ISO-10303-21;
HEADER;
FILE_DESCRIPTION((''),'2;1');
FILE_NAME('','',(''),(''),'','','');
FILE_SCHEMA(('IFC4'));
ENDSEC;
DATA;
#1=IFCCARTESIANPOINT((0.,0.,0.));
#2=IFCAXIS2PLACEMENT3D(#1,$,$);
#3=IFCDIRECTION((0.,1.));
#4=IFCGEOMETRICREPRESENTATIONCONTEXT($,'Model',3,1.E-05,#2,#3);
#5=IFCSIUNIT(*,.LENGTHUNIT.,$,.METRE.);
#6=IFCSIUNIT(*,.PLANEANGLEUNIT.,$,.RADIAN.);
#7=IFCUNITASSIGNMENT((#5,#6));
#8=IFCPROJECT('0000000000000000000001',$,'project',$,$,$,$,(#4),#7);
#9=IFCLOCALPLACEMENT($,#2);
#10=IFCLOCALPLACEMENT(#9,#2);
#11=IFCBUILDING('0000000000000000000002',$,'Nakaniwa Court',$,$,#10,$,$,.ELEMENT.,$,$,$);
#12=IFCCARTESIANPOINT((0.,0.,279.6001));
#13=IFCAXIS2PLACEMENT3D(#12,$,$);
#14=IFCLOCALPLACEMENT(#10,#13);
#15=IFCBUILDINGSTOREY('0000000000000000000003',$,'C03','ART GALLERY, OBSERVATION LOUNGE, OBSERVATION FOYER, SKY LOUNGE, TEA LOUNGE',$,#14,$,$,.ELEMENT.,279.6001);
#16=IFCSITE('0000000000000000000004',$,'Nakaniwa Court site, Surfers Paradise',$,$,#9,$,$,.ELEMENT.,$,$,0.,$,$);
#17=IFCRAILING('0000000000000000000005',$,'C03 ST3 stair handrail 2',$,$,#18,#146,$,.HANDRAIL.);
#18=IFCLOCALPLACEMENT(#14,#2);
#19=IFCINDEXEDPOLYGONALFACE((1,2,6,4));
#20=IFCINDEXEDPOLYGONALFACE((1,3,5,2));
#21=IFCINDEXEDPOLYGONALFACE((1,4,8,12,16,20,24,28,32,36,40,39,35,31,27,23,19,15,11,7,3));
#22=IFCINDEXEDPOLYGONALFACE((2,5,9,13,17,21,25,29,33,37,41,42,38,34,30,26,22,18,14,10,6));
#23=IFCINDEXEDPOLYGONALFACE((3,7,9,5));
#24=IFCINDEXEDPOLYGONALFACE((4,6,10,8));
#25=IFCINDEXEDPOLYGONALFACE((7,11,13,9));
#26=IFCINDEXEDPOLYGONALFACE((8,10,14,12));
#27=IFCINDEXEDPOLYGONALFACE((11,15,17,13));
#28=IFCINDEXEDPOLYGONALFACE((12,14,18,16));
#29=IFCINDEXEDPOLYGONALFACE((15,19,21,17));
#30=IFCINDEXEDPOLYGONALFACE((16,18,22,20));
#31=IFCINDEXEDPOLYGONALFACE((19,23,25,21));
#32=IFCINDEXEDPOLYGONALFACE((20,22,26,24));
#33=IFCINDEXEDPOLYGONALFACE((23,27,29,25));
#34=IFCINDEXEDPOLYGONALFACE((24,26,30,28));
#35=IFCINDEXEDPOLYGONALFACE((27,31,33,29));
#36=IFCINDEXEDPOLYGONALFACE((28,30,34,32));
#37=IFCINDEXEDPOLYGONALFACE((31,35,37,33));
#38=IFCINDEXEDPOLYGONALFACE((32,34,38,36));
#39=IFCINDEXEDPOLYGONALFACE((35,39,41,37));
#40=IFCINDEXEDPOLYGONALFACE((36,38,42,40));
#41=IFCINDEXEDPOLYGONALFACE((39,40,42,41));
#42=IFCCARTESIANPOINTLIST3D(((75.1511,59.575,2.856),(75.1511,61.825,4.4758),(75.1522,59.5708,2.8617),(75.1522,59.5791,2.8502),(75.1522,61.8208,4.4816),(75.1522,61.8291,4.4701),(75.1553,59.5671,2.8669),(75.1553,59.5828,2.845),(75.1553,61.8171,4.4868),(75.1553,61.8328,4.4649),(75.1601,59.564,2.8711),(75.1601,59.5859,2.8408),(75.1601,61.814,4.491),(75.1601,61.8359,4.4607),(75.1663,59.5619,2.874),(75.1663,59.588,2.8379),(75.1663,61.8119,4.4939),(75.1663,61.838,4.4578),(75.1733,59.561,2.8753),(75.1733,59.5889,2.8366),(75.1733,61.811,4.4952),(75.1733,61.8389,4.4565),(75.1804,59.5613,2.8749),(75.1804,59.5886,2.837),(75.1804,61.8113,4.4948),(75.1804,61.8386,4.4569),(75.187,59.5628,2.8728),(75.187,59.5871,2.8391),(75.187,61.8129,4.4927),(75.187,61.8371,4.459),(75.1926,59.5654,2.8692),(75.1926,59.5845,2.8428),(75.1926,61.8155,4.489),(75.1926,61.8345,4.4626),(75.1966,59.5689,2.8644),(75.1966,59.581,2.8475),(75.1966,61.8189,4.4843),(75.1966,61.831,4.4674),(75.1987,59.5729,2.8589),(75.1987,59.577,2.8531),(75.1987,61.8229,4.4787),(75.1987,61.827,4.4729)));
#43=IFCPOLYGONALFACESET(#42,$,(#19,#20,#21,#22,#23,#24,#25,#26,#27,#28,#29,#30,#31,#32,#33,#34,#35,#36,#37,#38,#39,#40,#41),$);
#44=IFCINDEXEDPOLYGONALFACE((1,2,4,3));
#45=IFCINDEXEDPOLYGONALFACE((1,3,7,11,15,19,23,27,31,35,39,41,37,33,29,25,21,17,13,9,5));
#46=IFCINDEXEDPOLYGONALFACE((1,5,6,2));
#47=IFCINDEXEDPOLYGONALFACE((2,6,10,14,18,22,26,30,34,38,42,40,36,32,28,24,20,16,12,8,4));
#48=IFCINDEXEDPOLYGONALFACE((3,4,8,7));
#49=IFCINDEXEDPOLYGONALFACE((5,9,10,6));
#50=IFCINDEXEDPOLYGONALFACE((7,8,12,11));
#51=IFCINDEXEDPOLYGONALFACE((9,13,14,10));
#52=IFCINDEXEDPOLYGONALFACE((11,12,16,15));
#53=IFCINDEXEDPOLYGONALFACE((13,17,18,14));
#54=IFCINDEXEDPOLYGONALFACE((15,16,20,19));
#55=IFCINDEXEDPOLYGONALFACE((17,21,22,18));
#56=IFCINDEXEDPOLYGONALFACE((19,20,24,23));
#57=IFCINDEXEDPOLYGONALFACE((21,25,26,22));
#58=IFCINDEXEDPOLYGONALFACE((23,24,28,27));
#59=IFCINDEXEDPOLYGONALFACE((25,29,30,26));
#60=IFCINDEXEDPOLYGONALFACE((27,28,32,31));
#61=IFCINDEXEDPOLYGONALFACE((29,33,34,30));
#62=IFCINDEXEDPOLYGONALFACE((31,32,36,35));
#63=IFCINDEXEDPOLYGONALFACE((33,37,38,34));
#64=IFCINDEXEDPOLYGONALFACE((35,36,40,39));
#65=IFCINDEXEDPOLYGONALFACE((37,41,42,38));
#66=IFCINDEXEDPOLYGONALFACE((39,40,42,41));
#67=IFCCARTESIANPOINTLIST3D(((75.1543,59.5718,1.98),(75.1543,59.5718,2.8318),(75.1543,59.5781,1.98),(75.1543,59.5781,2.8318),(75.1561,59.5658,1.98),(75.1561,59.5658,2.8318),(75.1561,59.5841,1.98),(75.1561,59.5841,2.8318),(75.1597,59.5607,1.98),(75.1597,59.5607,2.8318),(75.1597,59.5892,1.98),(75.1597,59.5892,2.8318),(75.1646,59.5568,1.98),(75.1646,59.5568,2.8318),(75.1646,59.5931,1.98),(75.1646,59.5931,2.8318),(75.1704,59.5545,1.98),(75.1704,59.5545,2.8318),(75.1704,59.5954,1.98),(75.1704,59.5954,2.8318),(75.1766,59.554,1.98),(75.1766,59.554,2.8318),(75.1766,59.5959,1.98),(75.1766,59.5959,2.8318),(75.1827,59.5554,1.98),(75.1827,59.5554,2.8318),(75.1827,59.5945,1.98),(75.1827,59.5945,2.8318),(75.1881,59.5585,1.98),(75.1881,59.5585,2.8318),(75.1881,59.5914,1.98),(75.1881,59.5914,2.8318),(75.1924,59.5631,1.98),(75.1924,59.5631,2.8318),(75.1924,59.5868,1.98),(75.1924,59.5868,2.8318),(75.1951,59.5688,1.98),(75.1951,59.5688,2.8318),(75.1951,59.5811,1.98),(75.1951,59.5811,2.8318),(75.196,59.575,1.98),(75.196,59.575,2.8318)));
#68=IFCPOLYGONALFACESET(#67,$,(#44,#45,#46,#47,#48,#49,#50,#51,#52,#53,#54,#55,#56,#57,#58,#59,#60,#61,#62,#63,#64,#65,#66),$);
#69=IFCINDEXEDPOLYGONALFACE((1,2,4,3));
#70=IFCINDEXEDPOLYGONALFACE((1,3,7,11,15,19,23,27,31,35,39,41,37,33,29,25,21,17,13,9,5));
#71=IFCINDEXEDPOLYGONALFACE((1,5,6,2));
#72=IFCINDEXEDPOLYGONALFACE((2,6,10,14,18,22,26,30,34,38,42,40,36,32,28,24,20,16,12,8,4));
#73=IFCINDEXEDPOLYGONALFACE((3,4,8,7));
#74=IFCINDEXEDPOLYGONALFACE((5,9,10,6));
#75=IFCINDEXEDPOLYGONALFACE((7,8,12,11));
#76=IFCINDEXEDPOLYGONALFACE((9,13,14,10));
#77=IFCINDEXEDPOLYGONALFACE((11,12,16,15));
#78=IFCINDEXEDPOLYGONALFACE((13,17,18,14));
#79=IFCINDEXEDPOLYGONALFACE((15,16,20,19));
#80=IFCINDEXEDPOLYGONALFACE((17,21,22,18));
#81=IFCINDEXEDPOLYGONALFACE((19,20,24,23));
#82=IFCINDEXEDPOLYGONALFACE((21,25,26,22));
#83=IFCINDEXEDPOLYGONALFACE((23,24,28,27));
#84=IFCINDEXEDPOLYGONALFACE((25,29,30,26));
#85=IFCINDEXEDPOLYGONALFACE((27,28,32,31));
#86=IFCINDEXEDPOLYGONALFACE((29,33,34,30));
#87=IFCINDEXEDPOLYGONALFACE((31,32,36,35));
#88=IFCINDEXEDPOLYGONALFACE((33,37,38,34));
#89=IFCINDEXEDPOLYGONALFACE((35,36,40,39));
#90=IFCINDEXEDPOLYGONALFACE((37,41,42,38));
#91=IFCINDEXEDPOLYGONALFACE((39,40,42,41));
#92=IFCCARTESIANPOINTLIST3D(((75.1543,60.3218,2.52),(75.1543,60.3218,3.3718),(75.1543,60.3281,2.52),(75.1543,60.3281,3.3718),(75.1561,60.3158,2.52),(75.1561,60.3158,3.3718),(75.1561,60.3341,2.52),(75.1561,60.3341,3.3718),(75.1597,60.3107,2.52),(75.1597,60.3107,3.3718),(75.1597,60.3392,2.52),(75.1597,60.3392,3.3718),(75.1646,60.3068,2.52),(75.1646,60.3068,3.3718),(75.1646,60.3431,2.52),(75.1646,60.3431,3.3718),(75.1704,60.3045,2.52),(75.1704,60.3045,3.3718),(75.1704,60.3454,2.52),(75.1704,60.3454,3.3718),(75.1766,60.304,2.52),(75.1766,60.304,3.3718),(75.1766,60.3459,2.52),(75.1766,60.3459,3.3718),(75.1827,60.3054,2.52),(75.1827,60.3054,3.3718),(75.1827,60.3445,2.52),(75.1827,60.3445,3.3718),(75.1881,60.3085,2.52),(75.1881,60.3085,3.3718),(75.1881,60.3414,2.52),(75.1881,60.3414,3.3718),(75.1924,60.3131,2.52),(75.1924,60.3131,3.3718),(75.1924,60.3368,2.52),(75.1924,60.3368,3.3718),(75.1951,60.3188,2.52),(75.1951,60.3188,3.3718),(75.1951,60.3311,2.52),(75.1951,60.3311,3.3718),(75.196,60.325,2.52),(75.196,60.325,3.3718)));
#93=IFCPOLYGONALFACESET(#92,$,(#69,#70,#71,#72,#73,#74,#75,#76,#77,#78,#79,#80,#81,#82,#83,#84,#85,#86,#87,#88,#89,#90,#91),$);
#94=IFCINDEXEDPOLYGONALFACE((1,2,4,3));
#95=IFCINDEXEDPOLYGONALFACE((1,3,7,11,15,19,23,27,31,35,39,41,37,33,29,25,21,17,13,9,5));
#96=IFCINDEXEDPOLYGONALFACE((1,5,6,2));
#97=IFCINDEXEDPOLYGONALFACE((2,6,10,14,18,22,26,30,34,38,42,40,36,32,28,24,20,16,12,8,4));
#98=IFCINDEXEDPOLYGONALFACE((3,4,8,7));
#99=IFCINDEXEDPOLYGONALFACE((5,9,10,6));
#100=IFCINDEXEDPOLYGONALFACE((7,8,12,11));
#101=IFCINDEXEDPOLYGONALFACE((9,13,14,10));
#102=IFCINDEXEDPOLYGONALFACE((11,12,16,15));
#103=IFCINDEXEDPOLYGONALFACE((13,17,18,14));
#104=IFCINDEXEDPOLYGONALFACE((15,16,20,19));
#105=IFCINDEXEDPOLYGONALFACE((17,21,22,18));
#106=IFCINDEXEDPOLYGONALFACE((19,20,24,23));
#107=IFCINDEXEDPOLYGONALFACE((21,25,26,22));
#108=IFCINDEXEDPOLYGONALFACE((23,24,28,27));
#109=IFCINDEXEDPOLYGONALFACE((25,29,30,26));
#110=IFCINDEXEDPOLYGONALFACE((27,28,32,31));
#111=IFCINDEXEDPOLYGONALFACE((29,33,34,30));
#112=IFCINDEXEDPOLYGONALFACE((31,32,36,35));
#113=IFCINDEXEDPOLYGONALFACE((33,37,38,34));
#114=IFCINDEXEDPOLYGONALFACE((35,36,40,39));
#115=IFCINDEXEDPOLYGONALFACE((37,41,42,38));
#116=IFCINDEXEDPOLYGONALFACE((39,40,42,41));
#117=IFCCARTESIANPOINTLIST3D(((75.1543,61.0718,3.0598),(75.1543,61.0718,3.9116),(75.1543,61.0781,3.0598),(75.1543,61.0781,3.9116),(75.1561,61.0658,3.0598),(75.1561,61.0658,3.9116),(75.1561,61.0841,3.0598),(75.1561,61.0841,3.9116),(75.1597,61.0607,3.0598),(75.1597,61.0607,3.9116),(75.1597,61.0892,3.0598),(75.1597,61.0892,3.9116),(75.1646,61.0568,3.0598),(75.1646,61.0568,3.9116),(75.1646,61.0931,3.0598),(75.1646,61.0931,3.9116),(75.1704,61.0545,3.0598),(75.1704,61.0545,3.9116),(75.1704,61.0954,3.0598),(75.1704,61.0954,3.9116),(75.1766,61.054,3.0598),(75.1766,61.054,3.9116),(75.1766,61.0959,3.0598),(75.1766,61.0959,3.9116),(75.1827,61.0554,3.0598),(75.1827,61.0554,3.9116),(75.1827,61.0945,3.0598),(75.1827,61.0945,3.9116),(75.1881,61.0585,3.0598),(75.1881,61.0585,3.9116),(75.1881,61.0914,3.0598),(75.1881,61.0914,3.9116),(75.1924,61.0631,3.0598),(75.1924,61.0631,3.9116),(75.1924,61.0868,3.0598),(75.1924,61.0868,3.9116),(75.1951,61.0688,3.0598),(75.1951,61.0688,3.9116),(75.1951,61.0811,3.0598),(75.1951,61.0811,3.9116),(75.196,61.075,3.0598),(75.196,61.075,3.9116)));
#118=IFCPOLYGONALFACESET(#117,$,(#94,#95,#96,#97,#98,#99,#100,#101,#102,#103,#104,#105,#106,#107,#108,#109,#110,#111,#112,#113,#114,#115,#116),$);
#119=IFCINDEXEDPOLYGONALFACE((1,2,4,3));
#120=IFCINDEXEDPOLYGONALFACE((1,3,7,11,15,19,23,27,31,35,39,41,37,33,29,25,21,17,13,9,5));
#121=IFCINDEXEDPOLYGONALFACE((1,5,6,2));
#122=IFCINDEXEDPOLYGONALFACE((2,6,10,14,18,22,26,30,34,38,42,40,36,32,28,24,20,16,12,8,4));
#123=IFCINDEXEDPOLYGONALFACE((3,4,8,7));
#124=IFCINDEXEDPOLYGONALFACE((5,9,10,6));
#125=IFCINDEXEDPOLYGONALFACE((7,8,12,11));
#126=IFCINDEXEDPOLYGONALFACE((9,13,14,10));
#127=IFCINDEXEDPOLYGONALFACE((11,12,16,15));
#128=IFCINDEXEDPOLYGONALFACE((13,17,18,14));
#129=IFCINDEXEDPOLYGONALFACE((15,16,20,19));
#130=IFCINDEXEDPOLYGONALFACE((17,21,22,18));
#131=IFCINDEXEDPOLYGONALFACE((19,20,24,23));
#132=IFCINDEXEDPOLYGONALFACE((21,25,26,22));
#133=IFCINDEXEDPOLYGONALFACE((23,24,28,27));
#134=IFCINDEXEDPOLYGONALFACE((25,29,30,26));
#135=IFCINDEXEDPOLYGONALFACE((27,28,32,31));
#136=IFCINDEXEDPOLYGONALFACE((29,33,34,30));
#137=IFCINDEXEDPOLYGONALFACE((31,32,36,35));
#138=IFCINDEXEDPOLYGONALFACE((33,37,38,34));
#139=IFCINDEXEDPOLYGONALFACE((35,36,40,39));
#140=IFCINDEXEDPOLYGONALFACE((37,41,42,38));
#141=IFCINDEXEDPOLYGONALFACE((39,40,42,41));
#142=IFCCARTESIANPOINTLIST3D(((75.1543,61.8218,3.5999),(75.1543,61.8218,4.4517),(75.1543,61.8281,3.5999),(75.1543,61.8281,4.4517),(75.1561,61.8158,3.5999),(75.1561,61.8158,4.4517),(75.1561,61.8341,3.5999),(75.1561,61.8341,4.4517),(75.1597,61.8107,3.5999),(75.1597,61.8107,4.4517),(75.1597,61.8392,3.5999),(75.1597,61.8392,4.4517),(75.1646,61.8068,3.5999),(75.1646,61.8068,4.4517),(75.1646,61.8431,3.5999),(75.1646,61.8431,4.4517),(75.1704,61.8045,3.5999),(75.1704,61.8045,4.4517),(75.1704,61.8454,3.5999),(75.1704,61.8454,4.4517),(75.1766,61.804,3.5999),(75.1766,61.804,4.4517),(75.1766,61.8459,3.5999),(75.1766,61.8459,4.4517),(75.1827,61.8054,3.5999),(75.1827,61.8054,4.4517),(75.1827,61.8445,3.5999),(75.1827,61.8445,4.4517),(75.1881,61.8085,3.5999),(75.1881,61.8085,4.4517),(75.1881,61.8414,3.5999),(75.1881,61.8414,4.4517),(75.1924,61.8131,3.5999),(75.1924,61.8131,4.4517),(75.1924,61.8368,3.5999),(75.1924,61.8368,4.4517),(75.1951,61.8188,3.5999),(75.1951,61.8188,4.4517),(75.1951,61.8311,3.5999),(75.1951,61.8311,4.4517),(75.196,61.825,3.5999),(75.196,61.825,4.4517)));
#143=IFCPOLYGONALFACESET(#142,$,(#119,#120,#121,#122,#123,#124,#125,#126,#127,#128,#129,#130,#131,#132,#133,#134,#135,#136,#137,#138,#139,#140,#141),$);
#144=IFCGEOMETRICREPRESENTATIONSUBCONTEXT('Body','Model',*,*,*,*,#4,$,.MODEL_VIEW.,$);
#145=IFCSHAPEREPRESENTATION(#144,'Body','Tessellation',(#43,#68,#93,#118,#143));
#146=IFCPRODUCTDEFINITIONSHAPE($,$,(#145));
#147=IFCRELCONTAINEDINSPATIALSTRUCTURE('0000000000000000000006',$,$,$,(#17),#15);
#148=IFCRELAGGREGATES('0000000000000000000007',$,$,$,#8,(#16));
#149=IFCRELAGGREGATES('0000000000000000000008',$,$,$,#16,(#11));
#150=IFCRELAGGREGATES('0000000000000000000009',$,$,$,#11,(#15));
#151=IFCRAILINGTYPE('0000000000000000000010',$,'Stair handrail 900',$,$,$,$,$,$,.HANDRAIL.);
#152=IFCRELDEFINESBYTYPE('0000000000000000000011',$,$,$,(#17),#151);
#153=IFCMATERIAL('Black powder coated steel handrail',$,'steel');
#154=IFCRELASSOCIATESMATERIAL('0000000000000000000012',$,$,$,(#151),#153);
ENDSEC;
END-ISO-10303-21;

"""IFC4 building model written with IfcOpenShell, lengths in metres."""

from ifc_helpers import new_model, si_unit, direction, frame, origin, origin_2d, place, context, subcontext, project, spatial, circle, extrude, material, type_object, element, save


model = new_model("IFC4")

# Units and contexts
model_context = context("Model", 3, precision=1e-05, world=origin(), true_north=direction((0.0, 1.0)))
body_context = subcontext(model_context, "Body", "Model", "MODEL_VIEW")
ifc_project = project(units=[si_unit("LENGTHUNIT", "METRE"), si_unit("PLANEANGLEUNIT", "RADIAN")], contexts=[model_context])

# Site, building, storey
site_placement = place(None, origin())
site = spatial("IfcSite", under=ifc_project, at=site_placement, Name="Nakaniwa Court site, Surfers Paradise", CompositionType="ELEMENT", RefElevation=0.0)
building_placement = place(site_placement, origin())
building = spatial("IfcBuilding", under=site, at=building_placement, Name="Nakaniwa Court", CompositionType="ELEMENT")
storey_placement = place(building_placement, frame((0.0, 0.0, 279.6001)))
storey = spatial("IfcBuildingStorey", under=building, at=storey_placement, Name="C03", Description="ART GALLERY, OBSERVATION LOUNGE, OBSERVATION FOYER, SKY LOUNGE, TEA LOUNGE", CompositionType="ELEMENT", Elevation=279.6001)

# Railing
ifc_material_1 = material(Name="Black powder coated steel handrail", Category="steel")
railing_type_1 = type_object("IfcRailingType", Name="Stair handrail 900", PredefinedType="HANDRAIL", material=ifc_material_1)
railing_1_placement = place(storey_placement, frame((75.175, 59.575, 1.98)))
element("IfcRailing", 1, at=railing_1_placement, inside=storey, type_object=railing_type_1, Name="C03 ST3 stair handrail 2", PredefinedType="HANDRAIL", context=body_context, shape_type="SweptSolid", body=[
    extrude(circle(Radius=0.0239, at=origin_2d()), frame((0.0, 0.0, 0.876), z_axis=(0.0, 0.811556, 0.584275), x_axis=(-1.0, 0.0, 0.0)), (0.0, 0.0, 1.0), 2.7725),
    extrude(circle(Radius=0.021, at=origin_2d()), origin(), (0.0, 0.0, 1.0), 0.8518),
    extrude(circle(Radius=0.021, at=origin_2d()), frame((0.0, 0.75, 0.54)), (0.0, 0.0, 1.0), 0.8518),
    extrude(circle(Radius=0.021, at=origin_2d()), frame((0.0, 1.5, 1.0798)), (0.0, 0.0, 1.0), 0.8518),
    extrude(circle(Radius=0.021, at=origin_2d()), frame((0.0, 2.25, 1.6199)), (0.0, 0.0, 1.0), 0.8518),
])

save(model, "model.ifc")
